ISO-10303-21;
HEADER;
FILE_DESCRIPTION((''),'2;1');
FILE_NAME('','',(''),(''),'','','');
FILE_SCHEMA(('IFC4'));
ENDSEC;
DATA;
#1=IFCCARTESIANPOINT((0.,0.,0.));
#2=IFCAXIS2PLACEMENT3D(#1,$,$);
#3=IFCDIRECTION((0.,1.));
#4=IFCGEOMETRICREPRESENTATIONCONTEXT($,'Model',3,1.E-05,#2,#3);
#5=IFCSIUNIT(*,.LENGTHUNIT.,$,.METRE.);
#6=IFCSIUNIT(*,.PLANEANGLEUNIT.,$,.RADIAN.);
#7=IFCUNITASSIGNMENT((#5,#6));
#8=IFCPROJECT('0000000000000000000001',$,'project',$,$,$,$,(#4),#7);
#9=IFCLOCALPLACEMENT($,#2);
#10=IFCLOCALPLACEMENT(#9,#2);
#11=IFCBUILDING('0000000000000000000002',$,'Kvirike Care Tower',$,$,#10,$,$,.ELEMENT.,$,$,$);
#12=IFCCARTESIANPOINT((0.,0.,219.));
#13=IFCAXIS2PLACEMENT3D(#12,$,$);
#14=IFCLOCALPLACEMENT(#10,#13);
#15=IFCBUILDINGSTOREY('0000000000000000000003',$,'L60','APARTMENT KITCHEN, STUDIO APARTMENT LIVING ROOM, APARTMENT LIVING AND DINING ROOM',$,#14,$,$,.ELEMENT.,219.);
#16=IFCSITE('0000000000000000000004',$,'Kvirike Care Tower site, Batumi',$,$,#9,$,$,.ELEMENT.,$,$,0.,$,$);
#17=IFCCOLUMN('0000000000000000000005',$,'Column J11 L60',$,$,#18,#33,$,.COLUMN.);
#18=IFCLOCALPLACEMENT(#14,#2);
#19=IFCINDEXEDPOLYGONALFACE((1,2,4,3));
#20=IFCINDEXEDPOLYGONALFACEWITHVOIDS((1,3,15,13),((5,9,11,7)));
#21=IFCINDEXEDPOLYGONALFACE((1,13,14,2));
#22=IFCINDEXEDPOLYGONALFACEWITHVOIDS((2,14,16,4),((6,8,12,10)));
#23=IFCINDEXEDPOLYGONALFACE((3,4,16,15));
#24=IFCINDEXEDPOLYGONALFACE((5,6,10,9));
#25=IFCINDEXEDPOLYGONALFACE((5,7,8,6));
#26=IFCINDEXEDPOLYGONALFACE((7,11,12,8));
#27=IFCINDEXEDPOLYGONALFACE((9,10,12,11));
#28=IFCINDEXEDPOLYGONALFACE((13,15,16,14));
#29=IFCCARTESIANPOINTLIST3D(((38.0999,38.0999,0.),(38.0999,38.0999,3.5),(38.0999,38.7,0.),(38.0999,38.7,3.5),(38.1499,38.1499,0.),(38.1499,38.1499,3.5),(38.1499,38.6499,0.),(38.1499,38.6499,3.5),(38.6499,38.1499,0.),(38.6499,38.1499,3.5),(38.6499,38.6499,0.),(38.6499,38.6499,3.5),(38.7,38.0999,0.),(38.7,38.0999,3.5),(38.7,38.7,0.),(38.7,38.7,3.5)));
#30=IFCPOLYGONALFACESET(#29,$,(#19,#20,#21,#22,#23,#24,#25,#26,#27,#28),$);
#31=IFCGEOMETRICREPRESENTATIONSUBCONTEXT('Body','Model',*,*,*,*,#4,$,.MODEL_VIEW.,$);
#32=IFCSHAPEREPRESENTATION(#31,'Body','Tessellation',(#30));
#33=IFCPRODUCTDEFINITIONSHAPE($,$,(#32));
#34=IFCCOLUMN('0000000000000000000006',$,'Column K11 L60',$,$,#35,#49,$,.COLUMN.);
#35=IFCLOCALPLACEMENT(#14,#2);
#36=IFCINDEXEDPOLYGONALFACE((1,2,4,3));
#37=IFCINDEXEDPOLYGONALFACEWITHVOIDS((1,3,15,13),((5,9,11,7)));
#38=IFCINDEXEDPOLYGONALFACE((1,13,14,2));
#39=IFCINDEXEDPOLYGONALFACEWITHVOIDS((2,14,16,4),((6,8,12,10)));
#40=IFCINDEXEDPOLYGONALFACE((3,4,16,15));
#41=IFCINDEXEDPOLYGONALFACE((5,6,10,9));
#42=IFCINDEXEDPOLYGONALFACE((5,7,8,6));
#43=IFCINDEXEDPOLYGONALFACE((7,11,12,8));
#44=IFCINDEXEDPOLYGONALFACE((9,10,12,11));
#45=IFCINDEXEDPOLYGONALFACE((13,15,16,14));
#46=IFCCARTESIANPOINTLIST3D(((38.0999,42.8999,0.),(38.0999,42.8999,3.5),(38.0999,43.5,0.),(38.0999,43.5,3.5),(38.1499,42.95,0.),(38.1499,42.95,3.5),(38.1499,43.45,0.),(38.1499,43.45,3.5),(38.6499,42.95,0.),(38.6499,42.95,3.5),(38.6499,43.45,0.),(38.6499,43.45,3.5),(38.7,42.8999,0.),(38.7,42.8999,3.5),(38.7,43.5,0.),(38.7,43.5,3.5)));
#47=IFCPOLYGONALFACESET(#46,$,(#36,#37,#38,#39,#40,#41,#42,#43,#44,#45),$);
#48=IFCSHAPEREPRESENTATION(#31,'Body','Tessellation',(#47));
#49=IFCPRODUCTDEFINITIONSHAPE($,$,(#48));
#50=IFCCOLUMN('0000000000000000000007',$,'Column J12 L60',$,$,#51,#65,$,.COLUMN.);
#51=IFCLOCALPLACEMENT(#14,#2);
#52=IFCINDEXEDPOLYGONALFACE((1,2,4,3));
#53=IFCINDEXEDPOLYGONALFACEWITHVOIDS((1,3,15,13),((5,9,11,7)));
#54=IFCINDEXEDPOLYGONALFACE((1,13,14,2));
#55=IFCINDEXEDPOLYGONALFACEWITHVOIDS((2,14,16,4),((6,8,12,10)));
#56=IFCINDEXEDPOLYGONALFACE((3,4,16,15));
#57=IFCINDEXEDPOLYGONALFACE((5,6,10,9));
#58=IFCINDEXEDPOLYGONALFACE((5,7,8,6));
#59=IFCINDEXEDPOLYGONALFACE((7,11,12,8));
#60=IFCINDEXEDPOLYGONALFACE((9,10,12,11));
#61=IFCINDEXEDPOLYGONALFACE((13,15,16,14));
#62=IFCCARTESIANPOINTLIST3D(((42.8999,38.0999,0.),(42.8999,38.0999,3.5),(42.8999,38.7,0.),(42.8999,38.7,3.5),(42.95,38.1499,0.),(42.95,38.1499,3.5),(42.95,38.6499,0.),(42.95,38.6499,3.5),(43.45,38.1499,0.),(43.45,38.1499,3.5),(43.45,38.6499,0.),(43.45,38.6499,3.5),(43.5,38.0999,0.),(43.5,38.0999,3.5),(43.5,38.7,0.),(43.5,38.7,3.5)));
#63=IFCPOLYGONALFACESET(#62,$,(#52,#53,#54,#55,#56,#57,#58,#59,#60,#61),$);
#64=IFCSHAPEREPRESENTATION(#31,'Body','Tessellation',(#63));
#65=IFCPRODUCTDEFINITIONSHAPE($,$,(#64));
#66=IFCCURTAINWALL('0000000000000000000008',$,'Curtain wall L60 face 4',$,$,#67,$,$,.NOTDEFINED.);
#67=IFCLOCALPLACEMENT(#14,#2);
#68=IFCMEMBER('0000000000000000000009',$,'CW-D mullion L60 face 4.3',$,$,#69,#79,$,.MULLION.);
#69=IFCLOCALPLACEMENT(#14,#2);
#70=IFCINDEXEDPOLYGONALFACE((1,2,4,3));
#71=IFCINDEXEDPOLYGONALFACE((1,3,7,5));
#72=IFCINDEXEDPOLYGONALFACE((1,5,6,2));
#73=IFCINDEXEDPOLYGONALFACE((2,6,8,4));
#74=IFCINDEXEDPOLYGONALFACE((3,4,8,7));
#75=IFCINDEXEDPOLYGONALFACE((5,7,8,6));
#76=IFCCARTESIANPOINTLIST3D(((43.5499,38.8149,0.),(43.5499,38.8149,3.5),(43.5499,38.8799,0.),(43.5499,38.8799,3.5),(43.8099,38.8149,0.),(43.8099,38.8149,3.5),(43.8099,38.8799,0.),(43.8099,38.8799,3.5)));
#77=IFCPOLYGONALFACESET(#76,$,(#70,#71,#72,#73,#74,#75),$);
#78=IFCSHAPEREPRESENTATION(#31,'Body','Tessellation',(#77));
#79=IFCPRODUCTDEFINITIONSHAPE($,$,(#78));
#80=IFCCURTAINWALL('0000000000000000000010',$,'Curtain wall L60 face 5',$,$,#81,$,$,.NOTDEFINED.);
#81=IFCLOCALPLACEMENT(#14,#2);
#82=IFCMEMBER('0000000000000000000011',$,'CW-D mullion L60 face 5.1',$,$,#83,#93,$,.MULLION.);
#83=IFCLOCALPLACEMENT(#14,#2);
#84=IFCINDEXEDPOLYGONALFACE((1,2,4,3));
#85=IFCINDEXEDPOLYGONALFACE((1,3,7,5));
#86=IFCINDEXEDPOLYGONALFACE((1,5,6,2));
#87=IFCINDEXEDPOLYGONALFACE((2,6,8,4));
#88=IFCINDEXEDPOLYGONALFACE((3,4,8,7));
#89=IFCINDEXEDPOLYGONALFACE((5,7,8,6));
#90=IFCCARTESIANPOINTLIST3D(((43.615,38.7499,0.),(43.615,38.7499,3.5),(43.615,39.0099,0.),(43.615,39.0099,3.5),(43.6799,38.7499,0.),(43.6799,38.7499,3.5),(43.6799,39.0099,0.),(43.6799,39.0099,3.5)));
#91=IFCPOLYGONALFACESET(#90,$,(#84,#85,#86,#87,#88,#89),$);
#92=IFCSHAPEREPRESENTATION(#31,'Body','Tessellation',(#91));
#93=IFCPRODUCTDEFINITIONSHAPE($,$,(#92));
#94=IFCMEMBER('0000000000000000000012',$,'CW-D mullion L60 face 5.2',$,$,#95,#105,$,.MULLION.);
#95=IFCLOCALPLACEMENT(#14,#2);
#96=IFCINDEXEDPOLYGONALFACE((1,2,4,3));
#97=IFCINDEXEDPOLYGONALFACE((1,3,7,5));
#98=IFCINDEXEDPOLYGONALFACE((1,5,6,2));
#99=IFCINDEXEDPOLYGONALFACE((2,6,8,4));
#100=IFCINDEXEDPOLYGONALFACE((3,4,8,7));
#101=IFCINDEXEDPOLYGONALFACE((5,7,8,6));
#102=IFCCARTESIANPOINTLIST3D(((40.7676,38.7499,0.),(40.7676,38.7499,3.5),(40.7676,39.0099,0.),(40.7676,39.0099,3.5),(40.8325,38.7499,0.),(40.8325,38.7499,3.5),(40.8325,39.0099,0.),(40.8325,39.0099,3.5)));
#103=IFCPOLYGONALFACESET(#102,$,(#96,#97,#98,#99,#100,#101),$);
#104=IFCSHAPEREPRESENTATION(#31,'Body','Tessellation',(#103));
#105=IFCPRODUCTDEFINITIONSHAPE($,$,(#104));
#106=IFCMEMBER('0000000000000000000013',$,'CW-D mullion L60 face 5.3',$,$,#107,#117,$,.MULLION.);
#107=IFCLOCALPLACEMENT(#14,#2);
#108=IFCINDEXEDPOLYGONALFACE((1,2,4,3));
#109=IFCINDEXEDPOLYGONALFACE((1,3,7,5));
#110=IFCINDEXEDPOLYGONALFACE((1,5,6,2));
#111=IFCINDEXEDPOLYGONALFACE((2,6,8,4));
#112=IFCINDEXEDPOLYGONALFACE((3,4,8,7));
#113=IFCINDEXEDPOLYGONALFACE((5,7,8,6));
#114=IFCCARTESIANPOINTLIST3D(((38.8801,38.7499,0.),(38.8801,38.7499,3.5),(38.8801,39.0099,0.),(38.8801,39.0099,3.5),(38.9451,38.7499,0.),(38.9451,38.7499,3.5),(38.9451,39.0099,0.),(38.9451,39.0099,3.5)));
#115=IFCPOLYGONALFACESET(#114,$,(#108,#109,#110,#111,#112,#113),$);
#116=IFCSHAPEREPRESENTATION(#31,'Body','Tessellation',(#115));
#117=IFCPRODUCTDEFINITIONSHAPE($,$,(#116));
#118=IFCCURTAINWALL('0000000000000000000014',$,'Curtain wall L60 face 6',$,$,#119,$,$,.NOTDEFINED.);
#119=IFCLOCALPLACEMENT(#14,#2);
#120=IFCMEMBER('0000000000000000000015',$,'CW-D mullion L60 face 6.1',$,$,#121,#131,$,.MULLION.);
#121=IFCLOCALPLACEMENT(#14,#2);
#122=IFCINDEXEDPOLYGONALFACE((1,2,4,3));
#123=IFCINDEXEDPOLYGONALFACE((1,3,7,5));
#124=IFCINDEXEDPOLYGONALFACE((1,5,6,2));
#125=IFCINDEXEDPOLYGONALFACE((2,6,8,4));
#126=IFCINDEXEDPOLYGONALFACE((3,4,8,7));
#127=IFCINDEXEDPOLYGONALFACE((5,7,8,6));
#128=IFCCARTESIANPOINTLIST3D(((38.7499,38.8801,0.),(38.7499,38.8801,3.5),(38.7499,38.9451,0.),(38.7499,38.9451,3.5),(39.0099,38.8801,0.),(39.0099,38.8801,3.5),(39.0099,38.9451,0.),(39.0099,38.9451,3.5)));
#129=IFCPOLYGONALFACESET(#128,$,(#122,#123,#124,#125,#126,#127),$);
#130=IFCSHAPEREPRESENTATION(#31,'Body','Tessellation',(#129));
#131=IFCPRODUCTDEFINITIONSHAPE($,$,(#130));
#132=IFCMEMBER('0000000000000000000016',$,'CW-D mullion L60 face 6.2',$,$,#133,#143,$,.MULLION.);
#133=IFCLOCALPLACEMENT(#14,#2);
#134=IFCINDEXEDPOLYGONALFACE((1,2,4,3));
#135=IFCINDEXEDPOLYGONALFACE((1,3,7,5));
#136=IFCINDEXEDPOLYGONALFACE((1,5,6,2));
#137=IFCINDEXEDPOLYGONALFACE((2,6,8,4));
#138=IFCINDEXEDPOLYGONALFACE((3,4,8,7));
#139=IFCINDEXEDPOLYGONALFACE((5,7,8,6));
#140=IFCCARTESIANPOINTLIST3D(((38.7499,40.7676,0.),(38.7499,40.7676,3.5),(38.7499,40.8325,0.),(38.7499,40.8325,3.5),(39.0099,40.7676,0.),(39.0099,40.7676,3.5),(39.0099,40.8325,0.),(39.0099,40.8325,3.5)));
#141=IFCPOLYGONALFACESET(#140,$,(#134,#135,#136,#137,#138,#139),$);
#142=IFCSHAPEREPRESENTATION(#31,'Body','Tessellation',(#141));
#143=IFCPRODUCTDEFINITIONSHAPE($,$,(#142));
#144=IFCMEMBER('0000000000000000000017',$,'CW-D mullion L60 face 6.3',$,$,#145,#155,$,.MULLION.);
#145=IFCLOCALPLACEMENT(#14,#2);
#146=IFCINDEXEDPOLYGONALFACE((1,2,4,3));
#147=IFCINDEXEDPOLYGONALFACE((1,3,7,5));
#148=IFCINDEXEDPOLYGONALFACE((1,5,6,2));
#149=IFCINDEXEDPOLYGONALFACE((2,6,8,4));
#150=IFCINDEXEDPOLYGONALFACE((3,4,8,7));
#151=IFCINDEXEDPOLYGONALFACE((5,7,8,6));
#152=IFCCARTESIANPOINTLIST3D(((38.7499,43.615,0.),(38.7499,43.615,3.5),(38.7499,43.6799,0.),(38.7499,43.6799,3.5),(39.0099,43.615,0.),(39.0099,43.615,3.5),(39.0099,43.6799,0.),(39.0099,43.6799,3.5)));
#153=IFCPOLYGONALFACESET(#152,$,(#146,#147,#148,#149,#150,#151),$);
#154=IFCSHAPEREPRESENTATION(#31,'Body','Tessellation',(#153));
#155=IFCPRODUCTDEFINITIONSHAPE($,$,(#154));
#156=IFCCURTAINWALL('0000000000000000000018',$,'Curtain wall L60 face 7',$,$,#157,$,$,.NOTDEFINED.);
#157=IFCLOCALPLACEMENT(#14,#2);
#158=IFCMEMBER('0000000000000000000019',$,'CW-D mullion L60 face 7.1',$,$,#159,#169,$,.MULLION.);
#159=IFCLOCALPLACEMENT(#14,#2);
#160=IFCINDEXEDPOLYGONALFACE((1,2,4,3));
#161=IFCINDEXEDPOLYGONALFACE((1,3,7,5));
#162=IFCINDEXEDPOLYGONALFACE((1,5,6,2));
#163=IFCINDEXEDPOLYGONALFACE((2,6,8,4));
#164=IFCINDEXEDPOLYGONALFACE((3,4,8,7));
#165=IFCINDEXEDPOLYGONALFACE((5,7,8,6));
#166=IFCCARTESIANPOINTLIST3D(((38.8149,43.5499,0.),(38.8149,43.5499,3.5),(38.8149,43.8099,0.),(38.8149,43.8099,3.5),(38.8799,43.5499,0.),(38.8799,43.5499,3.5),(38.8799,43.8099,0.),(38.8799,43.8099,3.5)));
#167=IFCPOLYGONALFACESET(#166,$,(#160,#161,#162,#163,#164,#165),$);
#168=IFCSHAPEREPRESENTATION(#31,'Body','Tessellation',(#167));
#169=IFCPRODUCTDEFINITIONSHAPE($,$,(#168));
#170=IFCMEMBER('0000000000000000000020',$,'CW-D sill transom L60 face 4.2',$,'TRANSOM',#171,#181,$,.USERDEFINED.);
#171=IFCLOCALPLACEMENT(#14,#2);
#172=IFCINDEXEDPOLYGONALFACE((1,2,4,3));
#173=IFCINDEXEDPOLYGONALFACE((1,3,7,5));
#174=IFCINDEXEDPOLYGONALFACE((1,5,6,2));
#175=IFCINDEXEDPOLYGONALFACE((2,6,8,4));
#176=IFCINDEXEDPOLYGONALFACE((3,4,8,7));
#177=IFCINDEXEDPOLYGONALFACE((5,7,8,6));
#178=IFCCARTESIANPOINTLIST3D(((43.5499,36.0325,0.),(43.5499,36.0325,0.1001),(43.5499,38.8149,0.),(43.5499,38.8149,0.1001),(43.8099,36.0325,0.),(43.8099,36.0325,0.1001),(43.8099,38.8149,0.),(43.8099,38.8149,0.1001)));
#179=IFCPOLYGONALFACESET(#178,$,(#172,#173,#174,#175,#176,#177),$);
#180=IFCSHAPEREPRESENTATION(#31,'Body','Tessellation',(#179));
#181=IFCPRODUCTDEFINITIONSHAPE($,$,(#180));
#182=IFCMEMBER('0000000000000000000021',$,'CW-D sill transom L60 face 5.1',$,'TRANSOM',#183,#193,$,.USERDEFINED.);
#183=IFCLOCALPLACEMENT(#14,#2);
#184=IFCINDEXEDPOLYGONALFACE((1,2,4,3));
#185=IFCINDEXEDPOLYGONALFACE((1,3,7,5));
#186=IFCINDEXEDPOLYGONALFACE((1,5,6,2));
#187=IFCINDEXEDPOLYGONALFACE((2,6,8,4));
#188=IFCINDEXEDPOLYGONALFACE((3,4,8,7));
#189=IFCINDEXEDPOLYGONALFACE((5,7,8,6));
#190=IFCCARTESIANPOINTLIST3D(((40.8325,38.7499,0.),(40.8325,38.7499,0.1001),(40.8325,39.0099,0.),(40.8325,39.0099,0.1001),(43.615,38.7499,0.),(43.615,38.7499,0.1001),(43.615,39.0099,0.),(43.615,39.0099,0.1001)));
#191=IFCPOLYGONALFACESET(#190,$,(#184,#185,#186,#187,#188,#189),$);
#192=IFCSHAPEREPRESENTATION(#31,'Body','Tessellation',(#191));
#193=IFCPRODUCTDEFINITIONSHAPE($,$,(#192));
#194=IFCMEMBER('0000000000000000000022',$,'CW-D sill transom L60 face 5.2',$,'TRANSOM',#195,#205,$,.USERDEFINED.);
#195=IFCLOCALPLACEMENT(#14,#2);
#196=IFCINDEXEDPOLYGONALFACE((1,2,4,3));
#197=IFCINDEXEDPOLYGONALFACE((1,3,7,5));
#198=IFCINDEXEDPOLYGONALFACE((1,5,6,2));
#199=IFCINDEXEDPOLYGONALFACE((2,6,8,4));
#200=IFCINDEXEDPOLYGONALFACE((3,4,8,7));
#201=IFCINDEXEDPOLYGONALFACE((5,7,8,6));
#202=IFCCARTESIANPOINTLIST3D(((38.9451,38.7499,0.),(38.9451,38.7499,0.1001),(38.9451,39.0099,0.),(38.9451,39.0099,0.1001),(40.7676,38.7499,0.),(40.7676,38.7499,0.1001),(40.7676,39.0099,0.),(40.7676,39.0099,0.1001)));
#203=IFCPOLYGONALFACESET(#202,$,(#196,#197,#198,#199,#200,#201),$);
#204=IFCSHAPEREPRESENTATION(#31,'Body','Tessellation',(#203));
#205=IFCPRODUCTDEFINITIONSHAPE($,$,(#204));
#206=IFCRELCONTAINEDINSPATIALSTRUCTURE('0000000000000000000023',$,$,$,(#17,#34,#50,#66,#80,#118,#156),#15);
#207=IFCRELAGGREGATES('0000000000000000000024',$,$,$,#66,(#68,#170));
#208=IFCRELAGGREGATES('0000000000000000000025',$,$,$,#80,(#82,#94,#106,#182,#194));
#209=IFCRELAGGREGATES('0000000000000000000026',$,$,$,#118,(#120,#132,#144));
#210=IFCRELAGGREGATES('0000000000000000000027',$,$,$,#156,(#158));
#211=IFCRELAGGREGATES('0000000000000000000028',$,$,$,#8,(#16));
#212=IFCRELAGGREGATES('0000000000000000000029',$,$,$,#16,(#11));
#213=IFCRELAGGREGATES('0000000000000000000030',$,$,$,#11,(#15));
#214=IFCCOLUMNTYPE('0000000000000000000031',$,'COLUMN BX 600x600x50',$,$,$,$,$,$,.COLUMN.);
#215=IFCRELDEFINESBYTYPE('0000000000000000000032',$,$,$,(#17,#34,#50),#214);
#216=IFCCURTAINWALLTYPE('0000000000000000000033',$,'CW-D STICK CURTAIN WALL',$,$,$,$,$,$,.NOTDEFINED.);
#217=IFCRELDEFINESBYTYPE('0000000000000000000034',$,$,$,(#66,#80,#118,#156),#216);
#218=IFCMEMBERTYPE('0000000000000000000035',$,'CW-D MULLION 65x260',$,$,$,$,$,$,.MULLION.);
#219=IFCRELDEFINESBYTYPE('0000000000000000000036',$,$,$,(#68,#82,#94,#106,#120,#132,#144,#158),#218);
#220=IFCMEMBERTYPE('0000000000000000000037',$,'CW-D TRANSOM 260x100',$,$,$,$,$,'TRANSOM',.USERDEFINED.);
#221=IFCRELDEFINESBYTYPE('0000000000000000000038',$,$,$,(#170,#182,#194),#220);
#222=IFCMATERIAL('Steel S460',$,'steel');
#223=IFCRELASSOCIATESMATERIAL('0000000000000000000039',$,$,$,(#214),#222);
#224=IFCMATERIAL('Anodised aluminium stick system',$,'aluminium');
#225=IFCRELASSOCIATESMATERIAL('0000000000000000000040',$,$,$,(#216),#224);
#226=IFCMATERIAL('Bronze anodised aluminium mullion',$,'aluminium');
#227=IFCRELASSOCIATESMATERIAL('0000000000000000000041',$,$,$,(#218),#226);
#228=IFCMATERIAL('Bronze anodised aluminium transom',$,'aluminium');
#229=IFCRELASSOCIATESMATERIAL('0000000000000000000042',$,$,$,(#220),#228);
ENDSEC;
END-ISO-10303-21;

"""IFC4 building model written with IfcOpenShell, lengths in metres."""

from ifc_helpers import new_model, si_unit, direction, frame, origin, origin_2d, place, context, subcontext, project, spatial, rectangle, hollow_rectangle, extrude, material, material_profile, profile_set, type_object, element, aggregate, save


model = new_model("IFC4")

# Units and contexts
model_context = context("Model", 3, precision=1e-05, world=origin(), true_north=direction((0.0, 1.0)))
body_context = subcontext(model_context, "Body", "Model", "MODEL_VIEW")
ifc_project = project(units=[si_unit("LENGTHUNIT", "METRE"), si_unit("PLANEANGLEUNIT", "RADIAN")], contexts=[model_context])

# Site, building, storey
site_placement = place(None, origin())
site = spatial("IfcSite", under=ifc_project, at=site_placement, Name="Kvirike Care Tower site, Batumi", CompositionType="ELEMENT", RefElevation=0.0)
building_placement = place(site_placement, origin())
building = spatial("IfcBuilding", under=site, at=building_placement, Name="Kvirike Care Tower", CompositionType="ELEMENT")
storey_placement = place(building_placement, frame((0.0, 0.0, 219.0)))
storey = spatial("IfcBuildingStorey", under=building, at=storey_placement, Name="L60", Description="APARTMENT KITCHEN, STUDIO APARTMENT LIVING ROOM, APARTMENT LIVING AND DINING ROOM", CompositionType="ELEMENT", Elevation=219.0)

# Columns
ifc_material_1 = material(Name="Steel S460", Category="steel")
ifc_material_profile_1 = material_profile(ifc_material_1, hollow_rectangle(XDim=0.6001, YDim=0.6001, WallThickness=0.05, at=origin_2d()), Name="BX 600x600x50")
ifc_profile_set_1 = profile_set([ifc_material_profile_1], Name="Steel S460")
column_type = type_object("IfcColumnType", Name="COLUMN BX 600x600x50", PredefinedType="COLUMN", material=ifc_profile_set_1)
for number, where, z_axis, x_axis, name in (
    (1, (38.3999, 38.3999, 0.0), (0.0, 0.0, 1.0), (0.0, 1.0, 0.0), "Column J11 L60"),
    (2, (38.3999, 43.2, 0.0), (0.0, 0.0, 1.0), (0.0, 1.0, 0.0), "Column K11 L60"),
    (3, (43.2, 38.3999, 0.0), (0.0, 0.0, 1.0), (0.0, 1.0, 0.0), "Column J12 L60"),
):
    element("IfcColumn", number, at=place(storey_placement, frame(where, z_axis=z_axis, x_axis=x_axis)), inside=storey, type_object=column_type, Name=name, PredefinedType="COLUMN", context=body_context, shape_type="SweptSolid", body=[
        extrude(hollow_rectangle(XDim=0.6001, YDim=0.6001, WallThickness=0.05, at=origin_2d()), origin(), (0.0, 0.0, 1.0), 3.5),
    ])

# Curtain wall, member
ifc_material_2 = material(Name="Anodised aluminium stick system", Category="aluminium")
curtain_wall_type = type_object("IfcCurtainWallType", Name="CW-D STICK CURTAIN WALL", PredefinedType="NOTDEFINED", material=ifc_material_2)
curtain_wall_1_placement = place(storey_placement, origin())
curtain_wall_1 = element("IfcCurtainWall", 4, at=curtain_wall_1_placement, inside=storey, type_object=curtain_wall_type, Name="Curtain wall L60 face 4", PredefinedType="NOTDEFINED")
ifc_material_3 = material(Name="Bronze anodised aluminium mullion", Category="aluminium")
ifc_material_profile_2 = material_profile(ifc_material_3, rectangle(XDim=0.0649, YDim=0.26, at=origin_2d()), Name="CW-D MULLION 65x260")
ifc_profile_set_2 = profile_set([ifc_material_profile_2], Name="Bronze anodised aluminium mullion")
member_type_1 = type_object("IfcMemberType", Name="CW-D MULLION 65x260", PredefinedType="MULLION", material=ifc_profile_set_2)
member_1_placement = place(storey_placement, frame((43.6799, 38.8474, 0.0), z_axis=(0.0, 0.0, 1.0), x_axis=(0.0, 1.0, 0.0)))
member_1 = element("IfcMember", 5, at=member_1_placement, type_object=member_type_1, Name="CW-D mullion L60 face 4.3", PredefinedType="MULLION", context=body_context, shape_type="SweptSolid", body=[
    extrude(rectangle(XDim=0.0649, YDim=0.26, at=origin_2d()), origin(), (0.0, 0.0, 1.0), 3.5),
])

# Curtain walls, members
curtain_wall_2_placement = place(storey_placement, origin())
curtain_wall_2 = element("IfcCurtainWall", 6, at=curtain_wall_2_placement, inside=storey, type_object=curtain_wall_type, Name="Curtain wall L60 face 5", PredefinedType="NOTDEFINED")
member_2_placement = place(storey_placement, frame((43.6475, 38.8799, 0.0), z_axis=(0.0, 0.0, 1.0), x_axis=(-1.0, 0.0, 0.0)))
member_2 = element("IfcMember", 7, at=member_2_placement, type_object=member_type_1, Name="CW-D mullion L60 face 5.1", PredefinedType="MULLION", context=body_context, shape_type="SweptSolid", body=[
    extrude(rectangle(XDim=0.0649, YDim=0.26, at=origin_2d()), origin(), (0.0, 0.0, 1.0), 3.5),
])
member_3_placement = place(storey_placement, frame((40.8, 38.8799, 0.0), z_axis=(0.0, 0.0, 1.0), x_axis=(-1.0, 0.0, 0.0)))
member_3 = element("IfcMember", 8, at=member_3_placement, type_object=member_type_1, Name="CW-D mullion L60 face 5.2", PredefinedType="MULLION", context=body_context, shape_type="SweptSolid", body=[
    extrude(rectangle(XDim=0.0649, YDim=0.26, at=origin_2d()), origin(), (0.0, 0.0, 1.0), 3.5),
])
member_4_placement = place(storey_placement, frame((38.9126, 38.8799, 0.0), z_axis=(0.0, 0.0, 1.0), x_axis=(-1.0, 0.0, 0.0)))
member_4 = element("IfcMember", 9, at=member_4_placement, type_object=member_type_1, Name="CW-D mullion L60 face 5.3", PredefinedType="MULLION", context=body_context, shape_type="SweptSolid", body=[
    extrude(rectangle(XDim=0.0649, YDim=0.26, at=origin_2d()), origin(), (0.0, 0.0, 1.0), 3.5),
])
curtain_wall_3_placement = place(storey_placement, origin())
curtain_wall_3 = element("IfcCurtainWall", 10, at=curtain_wall_3_placement, inside=storey, type_object=curtain_wall_type, Name="Curtain wall L60 face 6", PredefinedType="NOTDEFINED")
member_5_placement = place(storey_placement, frame((38.8799, 38.9126, 0.0), z_axis=(0.0, 0.0, 1.0), x_axis=(0.0, 1.0, 0.0)))
member_5 = element("IfcMember", 11, at=member_5_placement, type_object=member_type_1, Name="CW-D mullion L60 face 6.1", PredefinedType="MULLION", context=body_context, shape_type="SweptSolid", body=[
    extrude(rectangle(XDim=0.0649, YDim=0.26, at=origin_2d()), origin(), (0.0, 0.0, 1.0), 3.5),
])
member_6_placement = place(storey_placement, frame((38.8799, 40.8, 0.0), z_axis=(0.0, 0.0, 1.0), x_axis=(0.0, 1.0, 0.0)))
member_6 = element("IfcMember", 12, at=member_6_placement, type_object=member_type_1, Name="CW-D mullion L60 face 6.2", PredefinedType="MULLION", context=body_context, shape_type="SweptSolid", body=[
    extrude(rectangle(XDim=0.0649, YDim=0.26, at=origin_2d()), origin(), (0.0, 0.0, 1.0), 3.5),
])
member_7_placement = place(storey_placement, frame((38.8799, 43.6475, 0.0), z_axis=(0.0, 0.0, 1.0), x_axis=(0.0, 1.0, 0.0)))
member_7 = element("IfcMember", 13, at=member_7_placement, type_object=member_type_1, Name="CW-D mullion L60 face 6.3", PredefinedType="MULLION", context=body_context, shape_type="SweptSolid", body=[
    extrude(rectangle(XDim=0.0649, YDim=0.26, at=origin_2d()), origin(), (0.0, 0.0, 1.0), 3.5),
])

# Curtain wall, member
curtain_wall_4_placement = place(storey_placement, origin())
curtain_wall_4 = element("IfcCurtainWall", 14, at=curtain_wall_4_placement, inside=storey, type_object=curtain_wall_type, Name="Curtain wall L60 face 7", PredefinedType="NOTDEFINED")
member_8_placement = place(storey_placement, frame((38.8474, 43.6799, 0.0), z_axis=(0.0, 0.0, 1.0), x_axis=(-1.0, 0.0, 0.0)))
member_8 = element("IfcMember", 15, at=member_8_placement, type_object=member_type_1, Name="CW-D mullion L60 face 7.1", PredefinedType="MULLION", context=body_context, shape_type="SweptSolid", body=[
    extrude(rectangle(XDim=0.0649, YDim=0.26, at=origin_2d()), origin(), (0.0, 0.0, 1.0), 3.5),
])

# Members
ifc_material_4 = material(Name="Bronze anodised aluminium transom", Category="aluminium")
ifc_material_profile_3 = material_profile(ifc_material_4, rectangle(XDim=0.26, YDim=0.1001, at=origin_2d()), Name="CW-D TRANSOM 260x100")
ifc_profile_set_3 = profile_set([ifc_material_profile_3], Name="Bronze anodised aluminium transom")
member_type_2 = type_object("IfcMemberType", Name="CW-D TRANSOM 260x100", ElementType="TRANSOM", PredefinedType="USERDEFINED", material=ifc_profile_set_3)
member_9_placement = place(storey_placement, frame((43.6799, 36.0325, 0.05), z_axis=(0.0, 1.0, 0.0), x_axis=(-1.0, 0.0, 0.0)))
member_9 = element("IfcMember", 16, at=member_9_placement, type_object=member_type_2, Name="CW-D sill transom L60 face 4.2", ObjectType="TRANSOM", PredefinedType="USERDEFINED", context=body_context, shape_type="SweptSolid", body=[
    extrude(rectangle(XDim=0.26, YDim=0.1001, at=origin_2d()), origin(), (0.0, 0.0, 1.0), 2.7825),
])
member_10_placement = place(storey_placement, frame((43.615, 38.8799, 0.05), z_axis=(-1.0, 0.0, 0.0), x_axis=(0.0, -1.0, 0.0)))
member_10 = element("IfcMember", 17, at=member_10_placement, type_object=member_type_2, Name="CW-D sill transom L60 face 5.1", ObjectType="TRANSOM", PredefinedType="USERDEFINED", context=body_context, shape_type="SweptSolid", body=[
    extrude(rectangle(XDim=0.26, YDim=0.1001, at=origin_2d()), origin(), (0.0, 0.0, 1.0), 2.7825),
])
member_11_placement = place(storey_placement, frame((40.7676, 38.8799, 0.05), z_axis=(-1.0, 0.0, 0.0), x_axis=(0.0, -1.0, 0.0)))
member_11 = element("IfcMember", 18, at=member_11_placement, type_object=member_type_2, Name="CW-D sill transom L60 face 5.2", ObjectType="TRANSOM", PredefinedType="USERDEFINED", context=body_context, shape_type="SweptSolid", body=[
    extrude(rectangle(XDim=0.26, YDim=0.1001, at=origin_2d()), origin(), (0.0, 0.0, 1.0), 1.8225),
])

aggregate(curtain_wall_1, [member_1, member_9])
aggregate(curtain_wall_2, [member_2, member_3, member_4, member_10, member_11])
aggregate(curtain_wall_3, [member_5, member_6, member_7])
aggregate(curtain_wall_4, [member_8])

save(model, "model.ifc")
